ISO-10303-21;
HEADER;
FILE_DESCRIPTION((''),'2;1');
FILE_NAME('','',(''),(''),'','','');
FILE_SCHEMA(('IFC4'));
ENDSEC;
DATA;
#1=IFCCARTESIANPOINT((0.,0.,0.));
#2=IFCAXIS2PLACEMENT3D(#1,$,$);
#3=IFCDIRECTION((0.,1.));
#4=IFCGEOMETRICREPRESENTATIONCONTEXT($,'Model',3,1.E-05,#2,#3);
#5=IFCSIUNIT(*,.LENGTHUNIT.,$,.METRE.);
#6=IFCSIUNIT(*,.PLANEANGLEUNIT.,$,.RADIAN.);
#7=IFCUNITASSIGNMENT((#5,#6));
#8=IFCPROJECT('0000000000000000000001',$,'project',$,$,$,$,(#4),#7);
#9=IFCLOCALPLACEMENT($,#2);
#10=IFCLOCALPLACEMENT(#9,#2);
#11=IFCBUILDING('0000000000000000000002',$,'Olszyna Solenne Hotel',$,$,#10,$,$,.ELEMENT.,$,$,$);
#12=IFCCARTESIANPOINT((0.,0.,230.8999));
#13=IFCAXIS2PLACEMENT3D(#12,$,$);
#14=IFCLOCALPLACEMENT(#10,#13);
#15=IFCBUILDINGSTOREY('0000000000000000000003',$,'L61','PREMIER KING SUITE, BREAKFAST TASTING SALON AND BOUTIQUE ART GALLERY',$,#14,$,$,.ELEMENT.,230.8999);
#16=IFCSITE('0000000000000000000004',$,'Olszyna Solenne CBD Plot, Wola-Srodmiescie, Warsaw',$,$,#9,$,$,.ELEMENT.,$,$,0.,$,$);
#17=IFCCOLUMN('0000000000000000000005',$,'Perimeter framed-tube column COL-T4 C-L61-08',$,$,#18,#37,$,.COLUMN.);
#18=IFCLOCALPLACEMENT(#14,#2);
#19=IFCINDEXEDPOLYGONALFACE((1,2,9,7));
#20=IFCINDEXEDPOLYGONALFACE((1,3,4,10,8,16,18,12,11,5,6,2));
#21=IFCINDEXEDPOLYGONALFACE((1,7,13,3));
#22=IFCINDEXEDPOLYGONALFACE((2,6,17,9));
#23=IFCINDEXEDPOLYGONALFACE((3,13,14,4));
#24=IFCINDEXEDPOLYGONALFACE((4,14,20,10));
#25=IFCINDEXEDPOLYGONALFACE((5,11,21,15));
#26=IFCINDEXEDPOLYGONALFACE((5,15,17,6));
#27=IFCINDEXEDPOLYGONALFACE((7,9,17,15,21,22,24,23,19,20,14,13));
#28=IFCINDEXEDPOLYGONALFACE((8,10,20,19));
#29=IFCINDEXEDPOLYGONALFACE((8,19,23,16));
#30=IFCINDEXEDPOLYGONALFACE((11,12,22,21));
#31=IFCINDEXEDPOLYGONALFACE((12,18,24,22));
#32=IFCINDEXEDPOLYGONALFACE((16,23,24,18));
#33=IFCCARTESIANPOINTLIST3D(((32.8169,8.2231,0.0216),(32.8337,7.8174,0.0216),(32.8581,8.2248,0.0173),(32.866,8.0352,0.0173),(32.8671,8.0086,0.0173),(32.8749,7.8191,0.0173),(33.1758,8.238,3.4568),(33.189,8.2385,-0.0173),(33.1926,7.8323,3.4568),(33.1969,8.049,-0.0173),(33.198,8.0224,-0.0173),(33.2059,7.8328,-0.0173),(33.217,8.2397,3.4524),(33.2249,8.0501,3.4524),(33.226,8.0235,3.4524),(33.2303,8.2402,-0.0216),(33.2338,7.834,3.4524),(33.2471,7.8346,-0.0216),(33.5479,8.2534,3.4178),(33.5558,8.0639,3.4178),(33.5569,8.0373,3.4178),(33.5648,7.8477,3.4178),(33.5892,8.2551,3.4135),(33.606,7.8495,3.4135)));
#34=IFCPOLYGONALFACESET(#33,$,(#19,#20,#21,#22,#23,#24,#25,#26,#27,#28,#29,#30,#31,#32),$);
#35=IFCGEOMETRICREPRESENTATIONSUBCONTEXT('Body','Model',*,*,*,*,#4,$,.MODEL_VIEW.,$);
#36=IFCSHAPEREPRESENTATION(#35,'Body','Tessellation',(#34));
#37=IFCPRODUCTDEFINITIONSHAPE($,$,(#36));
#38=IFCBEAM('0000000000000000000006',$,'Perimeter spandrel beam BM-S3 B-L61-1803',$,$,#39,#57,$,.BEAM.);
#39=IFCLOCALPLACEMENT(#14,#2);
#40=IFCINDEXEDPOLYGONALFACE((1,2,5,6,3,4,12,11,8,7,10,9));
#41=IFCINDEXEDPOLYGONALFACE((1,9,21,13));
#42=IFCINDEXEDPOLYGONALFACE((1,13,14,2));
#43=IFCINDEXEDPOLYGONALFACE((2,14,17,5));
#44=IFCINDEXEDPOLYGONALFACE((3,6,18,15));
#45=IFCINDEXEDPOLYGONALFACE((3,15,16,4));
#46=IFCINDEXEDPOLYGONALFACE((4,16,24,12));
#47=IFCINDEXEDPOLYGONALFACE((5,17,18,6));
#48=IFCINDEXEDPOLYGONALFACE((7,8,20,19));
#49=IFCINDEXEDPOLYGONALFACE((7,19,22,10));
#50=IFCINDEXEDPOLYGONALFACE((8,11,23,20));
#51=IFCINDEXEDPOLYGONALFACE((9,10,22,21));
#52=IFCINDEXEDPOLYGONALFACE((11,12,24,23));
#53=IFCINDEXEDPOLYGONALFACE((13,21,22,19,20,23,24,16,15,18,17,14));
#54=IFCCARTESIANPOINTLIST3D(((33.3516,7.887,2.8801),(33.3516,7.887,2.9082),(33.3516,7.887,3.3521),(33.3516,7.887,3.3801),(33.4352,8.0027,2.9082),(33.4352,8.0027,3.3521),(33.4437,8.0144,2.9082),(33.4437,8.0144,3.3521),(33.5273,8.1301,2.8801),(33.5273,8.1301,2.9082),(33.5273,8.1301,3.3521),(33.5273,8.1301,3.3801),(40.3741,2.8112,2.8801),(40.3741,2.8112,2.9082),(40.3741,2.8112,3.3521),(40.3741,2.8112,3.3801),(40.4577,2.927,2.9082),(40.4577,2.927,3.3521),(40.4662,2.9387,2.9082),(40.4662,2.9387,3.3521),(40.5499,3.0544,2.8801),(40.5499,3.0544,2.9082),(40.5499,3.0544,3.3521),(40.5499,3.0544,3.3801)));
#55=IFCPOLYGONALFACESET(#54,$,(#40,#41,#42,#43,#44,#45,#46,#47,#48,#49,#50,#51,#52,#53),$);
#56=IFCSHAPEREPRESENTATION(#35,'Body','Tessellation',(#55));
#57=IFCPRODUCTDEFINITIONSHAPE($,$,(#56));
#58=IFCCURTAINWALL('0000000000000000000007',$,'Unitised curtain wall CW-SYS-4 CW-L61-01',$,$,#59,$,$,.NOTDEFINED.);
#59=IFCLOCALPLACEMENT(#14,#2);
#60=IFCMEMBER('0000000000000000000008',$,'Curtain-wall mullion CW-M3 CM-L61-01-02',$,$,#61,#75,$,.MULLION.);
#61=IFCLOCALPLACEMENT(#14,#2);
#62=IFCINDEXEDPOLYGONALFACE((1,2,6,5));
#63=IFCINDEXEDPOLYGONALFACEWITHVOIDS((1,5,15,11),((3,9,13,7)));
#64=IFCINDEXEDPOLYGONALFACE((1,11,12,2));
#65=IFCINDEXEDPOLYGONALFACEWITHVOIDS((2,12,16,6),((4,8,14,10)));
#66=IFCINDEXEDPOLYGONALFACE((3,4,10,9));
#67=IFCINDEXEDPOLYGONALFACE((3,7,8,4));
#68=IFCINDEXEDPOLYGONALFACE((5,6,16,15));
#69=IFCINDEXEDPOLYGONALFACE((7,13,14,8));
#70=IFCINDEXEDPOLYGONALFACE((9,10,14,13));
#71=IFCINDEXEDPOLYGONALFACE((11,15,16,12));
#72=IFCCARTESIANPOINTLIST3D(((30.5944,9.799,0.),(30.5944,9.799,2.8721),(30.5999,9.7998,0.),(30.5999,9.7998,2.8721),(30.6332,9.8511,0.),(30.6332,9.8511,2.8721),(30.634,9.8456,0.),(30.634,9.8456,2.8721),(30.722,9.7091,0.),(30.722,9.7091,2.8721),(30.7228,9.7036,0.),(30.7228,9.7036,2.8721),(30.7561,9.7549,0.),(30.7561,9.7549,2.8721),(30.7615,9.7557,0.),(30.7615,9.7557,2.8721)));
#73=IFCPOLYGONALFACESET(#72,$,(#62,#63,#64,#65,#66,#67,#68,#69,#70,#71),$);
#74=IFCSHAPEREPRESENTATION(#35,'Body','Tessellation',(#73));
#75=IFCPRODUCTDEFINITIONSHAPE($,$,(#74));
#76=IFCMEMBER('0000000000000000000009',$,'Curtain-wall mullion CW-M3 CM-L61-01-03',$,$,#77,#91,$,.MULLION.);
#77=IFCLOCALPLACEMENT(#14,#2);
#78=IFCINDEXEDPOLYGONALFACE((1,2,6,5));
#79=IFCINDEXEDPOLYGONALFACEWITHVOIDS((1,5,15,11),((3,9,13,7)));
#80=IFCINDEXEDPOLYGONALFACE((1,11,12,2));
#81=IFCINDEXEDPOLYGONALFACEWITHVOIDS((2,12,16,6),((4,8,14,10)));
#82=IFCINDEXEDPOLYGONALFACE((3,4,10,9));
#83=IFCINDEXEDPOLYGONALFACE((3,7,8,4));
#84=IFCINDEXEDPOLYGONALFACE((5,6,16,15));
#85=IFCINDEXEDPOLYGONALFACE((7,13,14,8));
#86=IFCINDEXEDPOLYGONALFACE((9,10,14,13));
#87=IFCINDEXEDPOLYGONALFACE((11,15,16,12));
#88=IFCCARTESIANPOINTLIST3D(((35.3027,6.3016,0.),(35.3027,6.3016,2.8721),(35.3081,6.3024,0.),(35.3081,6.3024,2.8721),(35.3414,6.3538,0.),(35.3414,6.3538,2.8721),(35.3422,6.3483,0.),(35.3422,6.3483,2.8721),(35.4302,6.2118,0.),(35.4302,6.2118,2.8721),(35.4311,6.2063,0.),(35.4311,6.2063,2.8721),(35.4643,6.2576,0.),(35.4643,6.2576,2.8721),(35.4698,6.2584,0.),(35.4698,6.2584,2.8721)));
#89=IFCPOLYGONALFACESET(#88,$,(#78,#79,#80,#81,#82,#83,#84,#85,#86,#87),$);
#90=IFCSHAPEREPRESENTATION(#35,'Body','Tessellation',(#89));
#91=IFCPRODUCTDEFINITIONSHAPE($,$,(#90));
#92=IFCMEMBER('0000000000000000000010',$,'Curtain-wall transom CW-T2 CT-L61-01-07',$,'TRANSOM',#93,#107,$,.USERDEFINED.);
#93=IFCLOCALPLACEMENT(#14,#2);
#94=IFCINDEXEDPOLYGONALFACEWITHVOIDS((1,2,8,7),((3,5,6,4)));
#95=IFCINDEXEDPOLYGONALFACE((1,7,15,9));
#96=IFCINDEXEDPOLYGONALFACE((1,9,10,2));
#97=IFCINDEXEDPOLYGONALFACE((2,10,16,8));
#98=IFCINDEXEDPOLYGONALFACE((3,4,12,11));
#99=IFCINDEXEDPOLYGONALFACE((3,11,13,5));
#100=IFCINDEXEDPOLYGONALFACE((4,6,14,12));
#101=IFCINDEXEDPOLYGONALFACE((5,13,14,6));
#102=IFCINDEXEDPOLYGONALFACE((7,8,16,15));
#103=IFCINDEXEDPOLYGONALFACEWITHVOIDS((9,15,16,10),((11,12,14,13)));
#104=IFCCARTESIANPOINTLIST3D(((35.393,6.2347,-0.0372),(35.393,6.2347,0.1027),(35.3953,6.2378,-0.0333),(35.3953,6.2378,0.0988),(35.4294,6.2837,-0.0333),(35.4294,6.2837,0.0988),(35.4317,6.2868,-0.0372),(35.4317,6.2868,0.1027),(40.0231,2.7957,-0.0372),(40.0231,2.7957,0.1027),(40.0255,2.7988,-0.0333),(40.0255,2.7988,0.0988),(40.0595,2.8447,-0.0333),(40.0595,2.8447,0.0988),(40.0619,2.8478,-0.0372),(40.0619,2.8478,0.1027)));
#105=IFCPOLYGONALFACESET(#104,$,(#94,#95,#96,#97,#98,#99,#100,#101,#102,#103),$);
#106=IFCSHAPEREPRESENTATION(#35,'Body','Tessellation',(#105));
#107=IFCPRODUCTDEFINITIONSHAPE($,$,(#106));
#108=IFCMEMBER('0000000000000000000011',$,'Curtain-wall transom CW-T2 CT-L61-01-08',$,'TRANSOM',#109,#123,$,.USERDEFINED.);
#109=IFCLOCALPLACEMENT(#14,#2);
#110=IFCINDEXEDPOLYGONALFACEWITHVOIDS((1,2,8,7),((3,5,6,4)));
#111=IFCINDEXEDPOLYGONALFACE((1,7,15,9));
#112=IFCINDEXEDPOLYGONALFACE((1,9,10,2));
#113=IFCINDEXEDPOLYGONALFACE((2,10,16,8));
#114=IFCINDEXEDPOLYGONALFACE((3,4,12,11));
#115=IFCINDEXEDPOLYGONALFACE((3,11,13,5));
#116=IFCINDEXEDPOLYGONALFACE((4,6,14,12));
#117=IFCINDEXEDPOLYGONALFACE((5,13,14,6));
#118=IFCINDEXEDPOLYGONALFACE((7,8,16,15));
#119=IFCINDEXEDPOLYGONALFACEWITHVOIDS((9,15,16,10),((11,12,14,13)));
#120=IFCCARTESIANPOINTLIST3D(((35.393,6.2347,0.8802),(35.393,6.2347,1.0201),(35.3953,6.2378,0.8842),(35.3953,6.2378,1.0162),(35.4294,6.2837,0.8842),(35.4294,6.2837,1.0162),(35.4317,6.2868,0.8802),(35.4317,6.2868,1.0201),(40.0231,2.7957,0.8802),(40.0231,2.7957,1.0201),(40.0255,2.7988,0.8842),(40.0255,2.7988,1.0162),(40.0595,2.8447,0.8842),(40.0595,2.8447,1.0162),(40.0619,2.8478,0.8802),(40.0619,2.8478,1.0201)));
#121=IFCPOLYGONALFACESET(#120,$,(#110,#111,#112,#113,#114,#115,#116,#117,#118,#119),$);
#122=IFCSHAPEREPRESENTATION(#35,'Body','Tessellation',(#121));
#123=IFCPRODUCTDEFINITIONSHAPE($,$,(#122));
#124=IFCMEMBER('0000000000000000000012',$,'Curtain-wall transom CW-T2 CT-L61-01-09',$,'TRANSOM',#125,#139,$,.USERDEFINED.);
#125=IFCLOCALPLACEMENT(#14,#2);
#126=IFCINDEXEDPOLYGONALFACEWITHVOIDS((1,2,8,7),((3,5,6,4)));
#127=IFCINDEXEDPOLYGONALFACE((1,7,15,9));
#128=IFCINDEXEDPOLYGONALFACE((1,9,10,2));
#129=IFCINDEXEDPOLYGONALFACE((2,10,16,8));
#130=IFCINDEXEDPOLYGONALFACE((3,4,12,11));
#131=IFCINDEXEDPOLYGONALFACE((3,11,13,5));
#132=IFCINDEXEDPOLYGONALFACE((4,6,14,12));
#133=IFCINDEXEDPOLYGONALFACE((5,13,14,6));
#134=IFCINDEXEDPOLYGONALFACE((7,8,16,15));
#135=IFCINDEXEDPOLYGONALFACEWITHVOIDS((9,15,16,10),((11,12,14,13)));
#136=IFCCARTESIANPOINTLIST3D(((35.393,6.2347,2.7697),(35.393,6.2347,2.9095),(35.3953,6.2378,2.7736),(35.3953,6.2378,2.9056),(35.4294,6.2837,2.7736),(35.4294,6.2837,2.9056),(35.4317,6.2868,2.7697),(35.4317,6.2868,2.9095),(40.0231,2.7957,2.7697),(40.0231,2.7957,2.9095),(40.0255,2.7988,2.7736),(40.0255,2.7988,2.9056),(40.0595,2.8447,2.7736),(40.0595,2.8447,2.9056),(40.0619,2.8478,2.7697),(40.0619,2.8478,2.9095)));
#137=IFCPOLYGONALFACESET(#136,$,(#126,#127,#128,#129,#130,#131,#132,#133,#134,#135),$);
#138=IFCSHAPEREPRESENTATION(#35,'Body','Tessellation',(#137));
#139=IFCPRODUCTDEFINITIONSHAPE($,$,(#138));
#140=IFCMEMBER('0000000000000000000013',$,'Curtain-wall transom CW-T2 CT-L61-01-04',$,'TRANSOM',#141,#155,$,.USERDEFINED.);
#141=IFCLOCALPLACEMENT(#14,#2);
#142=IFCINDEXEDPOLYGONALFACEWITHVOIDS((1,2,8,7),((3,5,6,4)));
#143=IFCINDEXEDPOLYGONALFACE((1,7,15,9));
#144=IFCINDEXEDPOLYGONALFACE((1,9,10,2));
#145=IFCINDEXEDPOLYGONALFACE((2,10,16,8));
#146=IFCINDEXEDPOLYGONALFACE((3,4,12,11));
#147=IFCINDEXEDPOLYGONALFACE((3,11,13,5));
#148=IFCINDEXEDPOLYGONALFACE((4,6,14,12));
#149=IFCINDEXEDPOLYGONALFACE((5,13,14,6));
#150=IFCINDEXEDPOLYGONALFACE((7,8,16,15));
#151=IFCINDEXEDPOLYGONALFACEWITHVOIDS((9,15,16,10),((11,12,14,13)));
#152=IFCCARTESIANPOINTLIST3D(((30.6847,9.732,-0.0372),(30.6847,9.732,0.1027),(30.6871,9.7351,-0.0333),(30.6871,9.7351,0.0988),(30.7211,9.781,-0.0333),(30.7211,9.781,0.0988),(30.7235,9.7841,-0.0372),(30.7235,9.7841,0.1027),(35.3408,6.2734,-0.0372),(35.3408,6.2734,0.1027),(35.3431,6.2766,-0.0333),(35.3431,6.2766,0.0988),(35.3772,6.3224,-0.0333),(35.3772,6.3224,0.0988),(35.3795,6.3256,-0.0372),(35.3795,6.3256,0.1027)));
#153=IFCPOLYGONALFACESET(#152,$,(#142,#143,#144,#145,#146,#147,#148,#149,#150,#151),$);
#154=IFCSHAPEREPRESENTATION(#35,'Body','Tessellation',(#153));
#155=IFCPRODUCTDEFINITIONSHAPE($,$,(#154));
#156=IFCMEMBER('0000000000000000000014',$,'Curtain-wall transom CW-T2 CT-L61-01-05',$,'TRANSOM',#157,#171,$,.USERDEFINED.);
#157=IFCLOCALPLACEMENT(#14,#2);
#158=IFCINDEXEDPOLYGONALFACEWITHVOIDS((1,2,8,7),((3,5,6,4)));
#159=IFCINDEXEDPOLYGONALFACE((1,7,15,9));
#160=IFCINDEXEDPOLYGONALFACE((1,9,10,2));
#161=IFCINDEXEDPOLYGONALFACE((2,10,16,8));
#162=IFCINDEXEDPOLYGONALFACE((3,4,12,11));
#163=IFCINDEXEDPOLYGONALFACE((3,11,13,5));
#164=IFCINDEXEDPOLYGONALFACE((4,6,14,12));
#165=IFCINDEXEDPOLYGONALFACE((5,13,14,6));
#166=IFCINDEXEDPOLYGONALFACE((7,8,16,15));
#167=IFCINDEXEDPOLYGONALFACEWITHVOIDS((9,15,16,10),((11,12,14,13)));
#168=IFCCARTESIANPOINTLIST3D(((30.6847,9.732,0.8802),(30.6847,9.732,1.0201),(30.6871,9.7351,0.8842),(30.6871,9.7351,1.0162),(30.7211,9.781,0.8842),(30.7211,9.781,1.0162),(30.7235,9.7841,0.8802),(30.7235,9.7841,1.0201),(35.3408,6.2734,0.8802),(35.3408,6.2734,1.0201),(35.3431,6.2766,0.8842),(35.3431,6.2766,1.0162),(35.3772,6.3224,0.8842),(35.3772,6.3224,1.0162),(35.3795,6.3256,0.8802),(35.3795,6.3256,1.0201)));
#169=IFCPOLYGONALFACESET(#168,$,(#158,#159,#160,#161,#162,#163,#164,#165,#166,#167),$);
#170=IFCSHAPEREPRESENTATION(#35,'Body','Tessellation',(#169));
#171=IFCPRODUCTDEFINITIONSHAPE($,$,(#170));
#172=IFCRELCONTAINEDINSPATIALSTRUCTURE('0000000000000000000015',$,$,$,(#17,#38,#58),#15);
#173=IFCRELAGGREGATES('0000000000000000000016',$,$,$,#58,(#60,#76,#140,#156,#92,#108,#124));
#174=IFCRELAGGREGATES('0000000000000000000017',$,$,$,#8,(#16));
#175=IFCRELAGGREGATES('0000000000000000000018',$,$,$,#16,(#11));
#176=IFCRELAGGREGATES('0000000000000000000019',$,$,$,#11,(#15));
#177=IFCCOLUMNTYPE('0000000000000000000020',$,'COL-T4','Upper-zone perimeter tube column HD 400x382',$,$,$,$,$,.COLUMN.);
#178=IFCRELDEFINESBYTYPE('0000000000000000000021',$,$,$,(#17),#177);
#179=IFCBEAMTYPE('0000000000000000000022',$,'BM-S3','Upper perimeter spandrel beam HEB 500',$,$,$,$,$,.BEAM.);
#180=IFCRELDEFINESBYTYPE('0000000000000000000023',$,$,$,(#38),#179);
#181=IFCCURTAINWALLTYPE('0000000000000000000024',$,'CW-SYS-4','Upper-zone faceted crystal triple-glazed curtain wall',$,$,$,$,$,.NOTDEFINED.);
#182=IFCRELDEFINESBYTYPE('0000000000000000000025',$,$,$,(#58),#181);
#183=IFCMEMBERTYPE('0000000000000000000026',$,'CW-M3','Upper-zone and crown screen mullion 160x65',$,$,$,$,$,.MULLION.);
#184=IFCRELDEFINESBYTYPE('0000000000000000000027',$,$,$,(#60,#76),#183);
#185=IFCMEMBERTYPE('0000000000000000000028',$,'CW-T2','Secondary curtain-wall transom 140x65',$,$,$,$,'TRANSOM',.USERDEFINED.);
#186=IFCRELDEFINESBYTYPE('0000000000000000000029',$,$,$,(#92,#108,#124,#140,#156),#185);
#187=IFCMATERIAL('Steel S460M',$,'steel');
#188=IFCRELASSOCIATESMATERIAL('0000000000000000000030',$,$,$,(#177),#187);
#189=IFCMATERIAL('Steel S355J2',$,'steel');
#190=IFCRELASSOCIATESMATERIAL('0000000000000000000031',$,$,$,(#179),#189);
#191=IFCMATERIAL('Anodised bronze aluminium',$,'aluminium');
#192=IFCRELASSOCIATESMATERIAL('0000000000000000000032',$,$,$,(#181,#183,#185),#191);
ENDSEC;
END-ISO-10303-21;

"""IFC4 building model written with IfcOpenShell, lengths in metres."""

from ifc_helpers import new_model, si_unit, direction, frame, origin, origin_2d, place, context, subcontext, project, spatial, hollow_rectangle, i_section, extrude, source, transform, mapped, material, material_profile, profile_set, type_object, element, aggregate, save


model = new_model("IFC4")

# Units and contexts
model_context = context("Model", 3, precision=1e-05, world=origin(), true_north=direction((0.0, 1.0)))
body_context = subcontext(model_context, "Body", "Model", "MODEL_VIEW")
ifc_project = project(units=[si_unit("LENGTHUNIT", "METRE"), si_unit("PLANEANGLEUNIT", "RADIAN")], contexts=[model_context])

# Site, building, storey
site_placement = place(None, origin())
site = spatial("IfcSite", under=ifc_project, at=site_placement, Name="Olszyna Solenne CBD Plot, Wola-Srodmiescie, Warsaw", CompositionType="ELEMENT", RefElevation=0.0)
building_placement = place(site_placement, origin())
building = spatial("IfcBuilding", under=site, at=building_placement, Name="Olszyna Solenne Hotel", CompositionType="ELEMENT")
storey_placement = place(building_placement, frame((0.0, 0.0, 230.8999)))
storey = spatial("IfcBuildingStorey", under=building, at=storey_placement, Name="L61", Description="PREMIER KING SUITE, BREAKFAST TASTING SALON AND BOUTIQUE ART GALLERY", CompositionType="ELEMENT", Elevation=230.8999)

# Column
ifc_material_1 = material(Name="Steel S460M", Category="steel")
ifc_material_profile_1 = material_profile(ifc_material_1, i_section(OverallWidth=0.406, OverallDepth=0.416, WebThickness=0.0266, FlangeThickness=0.0415, at=origin_2d()), Name="HD 400x382", Category="load-bearing")
ifc_profile_set_1 = profile_set([ifc_material_profile_1], Name="Steel S460M")
column_type = type_object("IfcColumnType", Name="COL-T4", Description="Upper-zone perimeter tube column HD 400x382", PredefinedType="COLUMN", material=ifc_profile_set_1)
shared_shape_1 = source(origin(), body_context, "Body", "SweptSolid", [
    extrude(i_section(OverallWidth=0.406, OverallDepth=0.416, WebThickness=0.0266, FlangeThickness=0.0415, at=origin_2d()), origin(), (0.0, 0.0, 1.0), 3.4539),
])
column_placement = place(storey_placement, frame((33.032, 8.0288, 0.0), z_axis=(0.103911, 0.004312, 0.994577), x_axis=(-0.041461, 0.99914, 0.0)))
element("IfcColumn", 1, at=column_placement, inside=storey, type_object=column_type, Name="Perimeter framed-tube column COL-T4 C-L61-08", PredefinedType="COLUMN", context=body_context, shape_type="MappedRepresentation", body=[
    mapped(shared_shape_1, transform((0.0, 0.0, 0.0), x_axis=(1.0, 0.0, 0.0), y_axis=(0.0, 1.0, 0.0), z_axis=(0.0, 0.0, 1.0), scale=1.0)),
])

# Beam
ifc_material_2 = material(Name="Steel S355J2", Category="steel")
ifc_material_profile_2 = material_profile(ifc_material_2, i_section(OverallWidth=0.3, OverallDepth=0.5, WebThickness=0.0144, FlangeThickness=0.0281, at=origin_2d()), Name="HEB 500", Category="load-bearing")
ifc_profile_set_2 = profile_set([ifc_material_profile_2], Name="Steel S355J2")
beam_type_1 = type_object("IfcBeamType", Name="BM-S3", Description="Upper perimeter spandrel beam HEB 500", PredefinedType="BEAM", material=ifc_profile_set_2)
shared_shape_2 = source(origin(), body_context, "Body", "SweptSolid", [
    extrude(i_section(OverallWidth=0.3, OverallDepth=0.5, WebThickness=0.0144, FlangeThickness=0.0281, at=origin_2d()), origin(), (0.0, 0.0, 1.0), 8.6648),
])
beam_1_placement = place(storey_placement, frame((33.4395, 8.0085, 3.1301), z_axis=(0.810465, -0.585787, 0.0), x_axis=(0.585787, 0.810465, 0.0)))
element("IfcBeam", 2, at=beam_1_placement, inside=storey, type_object=beam_type_1, Name="Perimeter spandrel beam BM-S3 B-L61-1803", PredefinedType="BEAM", context=body_context, shape_type="MappedRepresentation", body=[
    mapped(shared_shape_2, transform((0.0, 0.0, 0.0), x_axis=(1.0, 0.0, 0.0), y_axis=(0.0, 1.0, 0.0), z_axis=(0.0, 0.0, 1.0), scale=1.0)),
])

# Curtain wall, members
ifc_material_3 = material(Name="Anodised bronze aluminium", Category="aluminium")
curtain_wall_type = type_object("IfcCurtainWallType", Name="CW-SYS-4", Description="Upper-zone faceted crystal triple-glazed curtain wall", PredefinedType="NOTDEFINED", material=ifc_material_3)
curtain_wall_placement = place(storey_placement, origin())
curtain_wall = element("IfcCurtainWall", 3, at=curtain_wall_placement, inside=storey, type_object=curtain_wall_type, Name="Unitised curtain wall CW-SYS-4 CW-L61-01", PredefinedType="NOTDEFINED")
ifc_material_profile_3 = material_profile(ifc_material_3, hollow_rectangle(XDim=0.0649, YDim=0.1599, WallThickness=0.0039, at=origin_2d()), Name="MULL 160x65x4", Category="load-bearing")
ifc_profile_set_3 = profile_set([ifc_material_profile_3], Name="Anodised bronze aluminium")
member_type_1 = type_object("IfcMemberType", Name="CW-M3", Description="Upper-zone and crown screen mullion 160x65", PredefinedType="MULLION", material=ifc_profile_set_3)
shared_shape_3 = source(origin(), body_context, "Body", "SweptSolid", [
    extrude(hollow_rectangle(XDim=0.0649, YDim=0.1599, WallThickness=0.0039, at=origin_2d()), origin(), (0.0, 0.0, 1.0), 2.8721),
])
member_1_placement = place(storey_placement, frame((30.678, 9.7773, 0.0), z_axis=(0.0, 0.0, 1.0), x_axis=(0.596276, 0.802779, 0.0)))
member_1 = element("IfcMember", 4, at=member_1_placement, type_object=member_type_1, Name="Curtain-wall mullion CW-M3 CM-L61-01-02", PredefinedType="MULLION", context=body_context, shape_type="MappedRepresentation", body=[
    mapped(shared_shape_3, transform((0.0, 0.0, 0.0), x_axis=(1.0, 0.0, 0.0), y_axis=(0.0, 1.0, 0.0), z_axis=(0.0, 0.0, 1.0), scale=1.0)),
])
member_2_placement = place(storey_placement, frame((35.3862, 6.28, 0.0), z_axis=(0.0, 0.0, 1.0), x_axis=(0.596276, 0.802779, 0.0)))
member_2 = element("IfcMember", 5, at=member_2_placement, type_object=member_type_1, Name="Curtain-wall mullion CW-M3 CM-L61-01-03", PredefinedType="MULLION", context=body_context, shape_type="MappedRepresentation", body=[
    mapped(shared_shape_3, transform((0.0, 0.0, 0.0), x_axis=(1.0, 0.0, 0.0), y_axis=(0.0, 1.0, 0.0), z_axis=(0.0, 0.0, 1.0), scale=1.0)),
])
ifc_material_profile_4 = material_profile(ifc_material_3, hollow_rectangle(XDim=0.0649, YDim=0.1399, WallThickness=0.0039, at=origin_2d()), Name="TRAN 140x65x4", Category="load-bearing")
ifc_profile_set_4 = profile_set([ifc_material_profile_4], Name="Anodised bronze aluminium")
member_type_2 = type_object("IfcMemberType", Name="CW-T2", Description="Secondary curtain-wall transom 140x65", ElementType="TRANSOM", PredefinedType="USERDEFINED", material=ifc_profile_set_4)
shared_shape_4 = source(origin(), body_context, "Body", "SweptSolid", [
    extrude(hollow_rectangle(XDim=0.0649, YDim=0.1399, WallThickness=0.0039, at=origin_2d()), origin(), (0.0, 0.0, 1.0), 5.7676),
])
member_3_placement = place(storey_placement, frame((35.4124, 6.2607, 0.0327), z_axis=(0.80279, -0.596262, 0.0), x_axis=(0.596262, 0.80279, 0.0)))
member_3 = element("IfcMember", 6, at=member_3_placement, type_object=member_type_2, Name="Curtain-wall transom CW-T2 CT-L61-01-07", ObjectType="TRANSOM", PredefinedType="USERDEFINED", context=body_context, shape_type="MappedRepresentation", body=[
    mapped(shared_shape_4, transform((0.0, 0.0, 0.0), x_axis=(1.0, 0.0, 0.0), y_axis=(0.0, 1.0, 0.0), z_axis=(0.0, 0.0, 1.0), scale=1.0)),
])
member_4_placement = place(storey_placement, frame((35.4124, 6.2607, 0.9502), z_axis=(0.80279, -0.596262, 0.0), x_axis=(0.596262, 0.80279, 0.0)))
member_4 = element("IfcMember", 7, at=member_4_placement, type_object=member_type_2, Name="Curtain-wall transom CW-T2 CT-L61-01-08", ObjectType="TRANSOM", PredefinedType="USERDEFINED", context=body_context, shape_type="MappedRepresentation", body=[
    mapped(shared_shape_4, transform((0.0, 0.0, 0.0), x_axis=(1.0, 0.0, 0.0), y_axis=(0.0, 1.0, 0.0), z_axis=(0.0, 0.0, 1.0), scale=1.0)),
])
member_5_placement = place(storey_placement, frame((35.4124, 6.2607, 2.8396), z_axis=(0.80279, -0.596262, 0.0), x_axis=(0.596262, 0.80279, 0.0)))
member_5 = element("IfcMember", 8, at=member_5_placement, type_object=member_type_2, Name="Curtain-wall transom CW-T2 CT-L61-01-09", ObjectType="TRANSOM", PredefinedType="USERDEFINED", context=body_context, shape_type="MappedRepresentation", body=[
    mapped(shared_shape_4, transform((0.0, 0.0, 0.0), x_axis=(1.0, 0.0, 0.0), y_axis=(0.0, 1.0, 0.0), z_axis=(0.0, 0.0, 1.0), scale=1.0)),
])
shared_shape_5 = source(origin(), body_context, "Body", "SweptSolid", [
    extrude(hollow_rectangle(XDim=0.0649, YDim=0.1399, WallThickness=0.0039, at=origin_2d()), origin(), (0.0, 0.0, 1.0), 5.8),
])
member_6_placement = place(storey_placement, frame((30.7041, 9.7581, 0.0327), z_axis=(0.802765, -0.596296, 0.0), x_axis=(0.596296, 0.802765, 0.0)))
member_6 = element("IfcMember", 9, at=member_6_placement, type_object=member_type_2, Name="Curtain-wall transom CW-T2 CT-L61-01-04", ObjectType="TRANSOM", PredefinedType="USERDEFINED", context=body_context, shape_type="MappedRepresentation", body=[
    mapped(shared_shape_5, transform((0.0, 0.0, 0.0), x_axis=(1.0, 0.0, 0.0), y_axis=(0.0, 1.0, 0.0), z_axis=(0.0, 0.0, 1.0), scale=1.0)),
])
member_7_placement = place(storey_placement, frame((30.7041, 9.7581, 0.9502), z_axis=(0.802765, -0.596296, 0.0), x_axis=(0.596296, 0.802765, 0.0)))
member_7 = element("IfcMember", 10, at=member_7_placement, type_object=member_type_2, Name="Curtain-wall transom CW-T2 CT-L61-01-05", ObjectType="TRANSOM", PredefinedType="USERDEFINED", context=body_context, shape_type="MappedRepresentation", body=[
    mapped(shared_shape_5, transform((0.0, 0.0, 0.0), x_axis=(1.0, 0.0, 0.0), y_axis=(0.0, 1.0, 0.0), z_axis=(0.0, 0.0, 1.0), scale=1.0)),
])

aggregate(curtain_wall, [member_1, member_2, member_6, member_7, member_3, member_4, member_5])

save(model, "model.ifc")
